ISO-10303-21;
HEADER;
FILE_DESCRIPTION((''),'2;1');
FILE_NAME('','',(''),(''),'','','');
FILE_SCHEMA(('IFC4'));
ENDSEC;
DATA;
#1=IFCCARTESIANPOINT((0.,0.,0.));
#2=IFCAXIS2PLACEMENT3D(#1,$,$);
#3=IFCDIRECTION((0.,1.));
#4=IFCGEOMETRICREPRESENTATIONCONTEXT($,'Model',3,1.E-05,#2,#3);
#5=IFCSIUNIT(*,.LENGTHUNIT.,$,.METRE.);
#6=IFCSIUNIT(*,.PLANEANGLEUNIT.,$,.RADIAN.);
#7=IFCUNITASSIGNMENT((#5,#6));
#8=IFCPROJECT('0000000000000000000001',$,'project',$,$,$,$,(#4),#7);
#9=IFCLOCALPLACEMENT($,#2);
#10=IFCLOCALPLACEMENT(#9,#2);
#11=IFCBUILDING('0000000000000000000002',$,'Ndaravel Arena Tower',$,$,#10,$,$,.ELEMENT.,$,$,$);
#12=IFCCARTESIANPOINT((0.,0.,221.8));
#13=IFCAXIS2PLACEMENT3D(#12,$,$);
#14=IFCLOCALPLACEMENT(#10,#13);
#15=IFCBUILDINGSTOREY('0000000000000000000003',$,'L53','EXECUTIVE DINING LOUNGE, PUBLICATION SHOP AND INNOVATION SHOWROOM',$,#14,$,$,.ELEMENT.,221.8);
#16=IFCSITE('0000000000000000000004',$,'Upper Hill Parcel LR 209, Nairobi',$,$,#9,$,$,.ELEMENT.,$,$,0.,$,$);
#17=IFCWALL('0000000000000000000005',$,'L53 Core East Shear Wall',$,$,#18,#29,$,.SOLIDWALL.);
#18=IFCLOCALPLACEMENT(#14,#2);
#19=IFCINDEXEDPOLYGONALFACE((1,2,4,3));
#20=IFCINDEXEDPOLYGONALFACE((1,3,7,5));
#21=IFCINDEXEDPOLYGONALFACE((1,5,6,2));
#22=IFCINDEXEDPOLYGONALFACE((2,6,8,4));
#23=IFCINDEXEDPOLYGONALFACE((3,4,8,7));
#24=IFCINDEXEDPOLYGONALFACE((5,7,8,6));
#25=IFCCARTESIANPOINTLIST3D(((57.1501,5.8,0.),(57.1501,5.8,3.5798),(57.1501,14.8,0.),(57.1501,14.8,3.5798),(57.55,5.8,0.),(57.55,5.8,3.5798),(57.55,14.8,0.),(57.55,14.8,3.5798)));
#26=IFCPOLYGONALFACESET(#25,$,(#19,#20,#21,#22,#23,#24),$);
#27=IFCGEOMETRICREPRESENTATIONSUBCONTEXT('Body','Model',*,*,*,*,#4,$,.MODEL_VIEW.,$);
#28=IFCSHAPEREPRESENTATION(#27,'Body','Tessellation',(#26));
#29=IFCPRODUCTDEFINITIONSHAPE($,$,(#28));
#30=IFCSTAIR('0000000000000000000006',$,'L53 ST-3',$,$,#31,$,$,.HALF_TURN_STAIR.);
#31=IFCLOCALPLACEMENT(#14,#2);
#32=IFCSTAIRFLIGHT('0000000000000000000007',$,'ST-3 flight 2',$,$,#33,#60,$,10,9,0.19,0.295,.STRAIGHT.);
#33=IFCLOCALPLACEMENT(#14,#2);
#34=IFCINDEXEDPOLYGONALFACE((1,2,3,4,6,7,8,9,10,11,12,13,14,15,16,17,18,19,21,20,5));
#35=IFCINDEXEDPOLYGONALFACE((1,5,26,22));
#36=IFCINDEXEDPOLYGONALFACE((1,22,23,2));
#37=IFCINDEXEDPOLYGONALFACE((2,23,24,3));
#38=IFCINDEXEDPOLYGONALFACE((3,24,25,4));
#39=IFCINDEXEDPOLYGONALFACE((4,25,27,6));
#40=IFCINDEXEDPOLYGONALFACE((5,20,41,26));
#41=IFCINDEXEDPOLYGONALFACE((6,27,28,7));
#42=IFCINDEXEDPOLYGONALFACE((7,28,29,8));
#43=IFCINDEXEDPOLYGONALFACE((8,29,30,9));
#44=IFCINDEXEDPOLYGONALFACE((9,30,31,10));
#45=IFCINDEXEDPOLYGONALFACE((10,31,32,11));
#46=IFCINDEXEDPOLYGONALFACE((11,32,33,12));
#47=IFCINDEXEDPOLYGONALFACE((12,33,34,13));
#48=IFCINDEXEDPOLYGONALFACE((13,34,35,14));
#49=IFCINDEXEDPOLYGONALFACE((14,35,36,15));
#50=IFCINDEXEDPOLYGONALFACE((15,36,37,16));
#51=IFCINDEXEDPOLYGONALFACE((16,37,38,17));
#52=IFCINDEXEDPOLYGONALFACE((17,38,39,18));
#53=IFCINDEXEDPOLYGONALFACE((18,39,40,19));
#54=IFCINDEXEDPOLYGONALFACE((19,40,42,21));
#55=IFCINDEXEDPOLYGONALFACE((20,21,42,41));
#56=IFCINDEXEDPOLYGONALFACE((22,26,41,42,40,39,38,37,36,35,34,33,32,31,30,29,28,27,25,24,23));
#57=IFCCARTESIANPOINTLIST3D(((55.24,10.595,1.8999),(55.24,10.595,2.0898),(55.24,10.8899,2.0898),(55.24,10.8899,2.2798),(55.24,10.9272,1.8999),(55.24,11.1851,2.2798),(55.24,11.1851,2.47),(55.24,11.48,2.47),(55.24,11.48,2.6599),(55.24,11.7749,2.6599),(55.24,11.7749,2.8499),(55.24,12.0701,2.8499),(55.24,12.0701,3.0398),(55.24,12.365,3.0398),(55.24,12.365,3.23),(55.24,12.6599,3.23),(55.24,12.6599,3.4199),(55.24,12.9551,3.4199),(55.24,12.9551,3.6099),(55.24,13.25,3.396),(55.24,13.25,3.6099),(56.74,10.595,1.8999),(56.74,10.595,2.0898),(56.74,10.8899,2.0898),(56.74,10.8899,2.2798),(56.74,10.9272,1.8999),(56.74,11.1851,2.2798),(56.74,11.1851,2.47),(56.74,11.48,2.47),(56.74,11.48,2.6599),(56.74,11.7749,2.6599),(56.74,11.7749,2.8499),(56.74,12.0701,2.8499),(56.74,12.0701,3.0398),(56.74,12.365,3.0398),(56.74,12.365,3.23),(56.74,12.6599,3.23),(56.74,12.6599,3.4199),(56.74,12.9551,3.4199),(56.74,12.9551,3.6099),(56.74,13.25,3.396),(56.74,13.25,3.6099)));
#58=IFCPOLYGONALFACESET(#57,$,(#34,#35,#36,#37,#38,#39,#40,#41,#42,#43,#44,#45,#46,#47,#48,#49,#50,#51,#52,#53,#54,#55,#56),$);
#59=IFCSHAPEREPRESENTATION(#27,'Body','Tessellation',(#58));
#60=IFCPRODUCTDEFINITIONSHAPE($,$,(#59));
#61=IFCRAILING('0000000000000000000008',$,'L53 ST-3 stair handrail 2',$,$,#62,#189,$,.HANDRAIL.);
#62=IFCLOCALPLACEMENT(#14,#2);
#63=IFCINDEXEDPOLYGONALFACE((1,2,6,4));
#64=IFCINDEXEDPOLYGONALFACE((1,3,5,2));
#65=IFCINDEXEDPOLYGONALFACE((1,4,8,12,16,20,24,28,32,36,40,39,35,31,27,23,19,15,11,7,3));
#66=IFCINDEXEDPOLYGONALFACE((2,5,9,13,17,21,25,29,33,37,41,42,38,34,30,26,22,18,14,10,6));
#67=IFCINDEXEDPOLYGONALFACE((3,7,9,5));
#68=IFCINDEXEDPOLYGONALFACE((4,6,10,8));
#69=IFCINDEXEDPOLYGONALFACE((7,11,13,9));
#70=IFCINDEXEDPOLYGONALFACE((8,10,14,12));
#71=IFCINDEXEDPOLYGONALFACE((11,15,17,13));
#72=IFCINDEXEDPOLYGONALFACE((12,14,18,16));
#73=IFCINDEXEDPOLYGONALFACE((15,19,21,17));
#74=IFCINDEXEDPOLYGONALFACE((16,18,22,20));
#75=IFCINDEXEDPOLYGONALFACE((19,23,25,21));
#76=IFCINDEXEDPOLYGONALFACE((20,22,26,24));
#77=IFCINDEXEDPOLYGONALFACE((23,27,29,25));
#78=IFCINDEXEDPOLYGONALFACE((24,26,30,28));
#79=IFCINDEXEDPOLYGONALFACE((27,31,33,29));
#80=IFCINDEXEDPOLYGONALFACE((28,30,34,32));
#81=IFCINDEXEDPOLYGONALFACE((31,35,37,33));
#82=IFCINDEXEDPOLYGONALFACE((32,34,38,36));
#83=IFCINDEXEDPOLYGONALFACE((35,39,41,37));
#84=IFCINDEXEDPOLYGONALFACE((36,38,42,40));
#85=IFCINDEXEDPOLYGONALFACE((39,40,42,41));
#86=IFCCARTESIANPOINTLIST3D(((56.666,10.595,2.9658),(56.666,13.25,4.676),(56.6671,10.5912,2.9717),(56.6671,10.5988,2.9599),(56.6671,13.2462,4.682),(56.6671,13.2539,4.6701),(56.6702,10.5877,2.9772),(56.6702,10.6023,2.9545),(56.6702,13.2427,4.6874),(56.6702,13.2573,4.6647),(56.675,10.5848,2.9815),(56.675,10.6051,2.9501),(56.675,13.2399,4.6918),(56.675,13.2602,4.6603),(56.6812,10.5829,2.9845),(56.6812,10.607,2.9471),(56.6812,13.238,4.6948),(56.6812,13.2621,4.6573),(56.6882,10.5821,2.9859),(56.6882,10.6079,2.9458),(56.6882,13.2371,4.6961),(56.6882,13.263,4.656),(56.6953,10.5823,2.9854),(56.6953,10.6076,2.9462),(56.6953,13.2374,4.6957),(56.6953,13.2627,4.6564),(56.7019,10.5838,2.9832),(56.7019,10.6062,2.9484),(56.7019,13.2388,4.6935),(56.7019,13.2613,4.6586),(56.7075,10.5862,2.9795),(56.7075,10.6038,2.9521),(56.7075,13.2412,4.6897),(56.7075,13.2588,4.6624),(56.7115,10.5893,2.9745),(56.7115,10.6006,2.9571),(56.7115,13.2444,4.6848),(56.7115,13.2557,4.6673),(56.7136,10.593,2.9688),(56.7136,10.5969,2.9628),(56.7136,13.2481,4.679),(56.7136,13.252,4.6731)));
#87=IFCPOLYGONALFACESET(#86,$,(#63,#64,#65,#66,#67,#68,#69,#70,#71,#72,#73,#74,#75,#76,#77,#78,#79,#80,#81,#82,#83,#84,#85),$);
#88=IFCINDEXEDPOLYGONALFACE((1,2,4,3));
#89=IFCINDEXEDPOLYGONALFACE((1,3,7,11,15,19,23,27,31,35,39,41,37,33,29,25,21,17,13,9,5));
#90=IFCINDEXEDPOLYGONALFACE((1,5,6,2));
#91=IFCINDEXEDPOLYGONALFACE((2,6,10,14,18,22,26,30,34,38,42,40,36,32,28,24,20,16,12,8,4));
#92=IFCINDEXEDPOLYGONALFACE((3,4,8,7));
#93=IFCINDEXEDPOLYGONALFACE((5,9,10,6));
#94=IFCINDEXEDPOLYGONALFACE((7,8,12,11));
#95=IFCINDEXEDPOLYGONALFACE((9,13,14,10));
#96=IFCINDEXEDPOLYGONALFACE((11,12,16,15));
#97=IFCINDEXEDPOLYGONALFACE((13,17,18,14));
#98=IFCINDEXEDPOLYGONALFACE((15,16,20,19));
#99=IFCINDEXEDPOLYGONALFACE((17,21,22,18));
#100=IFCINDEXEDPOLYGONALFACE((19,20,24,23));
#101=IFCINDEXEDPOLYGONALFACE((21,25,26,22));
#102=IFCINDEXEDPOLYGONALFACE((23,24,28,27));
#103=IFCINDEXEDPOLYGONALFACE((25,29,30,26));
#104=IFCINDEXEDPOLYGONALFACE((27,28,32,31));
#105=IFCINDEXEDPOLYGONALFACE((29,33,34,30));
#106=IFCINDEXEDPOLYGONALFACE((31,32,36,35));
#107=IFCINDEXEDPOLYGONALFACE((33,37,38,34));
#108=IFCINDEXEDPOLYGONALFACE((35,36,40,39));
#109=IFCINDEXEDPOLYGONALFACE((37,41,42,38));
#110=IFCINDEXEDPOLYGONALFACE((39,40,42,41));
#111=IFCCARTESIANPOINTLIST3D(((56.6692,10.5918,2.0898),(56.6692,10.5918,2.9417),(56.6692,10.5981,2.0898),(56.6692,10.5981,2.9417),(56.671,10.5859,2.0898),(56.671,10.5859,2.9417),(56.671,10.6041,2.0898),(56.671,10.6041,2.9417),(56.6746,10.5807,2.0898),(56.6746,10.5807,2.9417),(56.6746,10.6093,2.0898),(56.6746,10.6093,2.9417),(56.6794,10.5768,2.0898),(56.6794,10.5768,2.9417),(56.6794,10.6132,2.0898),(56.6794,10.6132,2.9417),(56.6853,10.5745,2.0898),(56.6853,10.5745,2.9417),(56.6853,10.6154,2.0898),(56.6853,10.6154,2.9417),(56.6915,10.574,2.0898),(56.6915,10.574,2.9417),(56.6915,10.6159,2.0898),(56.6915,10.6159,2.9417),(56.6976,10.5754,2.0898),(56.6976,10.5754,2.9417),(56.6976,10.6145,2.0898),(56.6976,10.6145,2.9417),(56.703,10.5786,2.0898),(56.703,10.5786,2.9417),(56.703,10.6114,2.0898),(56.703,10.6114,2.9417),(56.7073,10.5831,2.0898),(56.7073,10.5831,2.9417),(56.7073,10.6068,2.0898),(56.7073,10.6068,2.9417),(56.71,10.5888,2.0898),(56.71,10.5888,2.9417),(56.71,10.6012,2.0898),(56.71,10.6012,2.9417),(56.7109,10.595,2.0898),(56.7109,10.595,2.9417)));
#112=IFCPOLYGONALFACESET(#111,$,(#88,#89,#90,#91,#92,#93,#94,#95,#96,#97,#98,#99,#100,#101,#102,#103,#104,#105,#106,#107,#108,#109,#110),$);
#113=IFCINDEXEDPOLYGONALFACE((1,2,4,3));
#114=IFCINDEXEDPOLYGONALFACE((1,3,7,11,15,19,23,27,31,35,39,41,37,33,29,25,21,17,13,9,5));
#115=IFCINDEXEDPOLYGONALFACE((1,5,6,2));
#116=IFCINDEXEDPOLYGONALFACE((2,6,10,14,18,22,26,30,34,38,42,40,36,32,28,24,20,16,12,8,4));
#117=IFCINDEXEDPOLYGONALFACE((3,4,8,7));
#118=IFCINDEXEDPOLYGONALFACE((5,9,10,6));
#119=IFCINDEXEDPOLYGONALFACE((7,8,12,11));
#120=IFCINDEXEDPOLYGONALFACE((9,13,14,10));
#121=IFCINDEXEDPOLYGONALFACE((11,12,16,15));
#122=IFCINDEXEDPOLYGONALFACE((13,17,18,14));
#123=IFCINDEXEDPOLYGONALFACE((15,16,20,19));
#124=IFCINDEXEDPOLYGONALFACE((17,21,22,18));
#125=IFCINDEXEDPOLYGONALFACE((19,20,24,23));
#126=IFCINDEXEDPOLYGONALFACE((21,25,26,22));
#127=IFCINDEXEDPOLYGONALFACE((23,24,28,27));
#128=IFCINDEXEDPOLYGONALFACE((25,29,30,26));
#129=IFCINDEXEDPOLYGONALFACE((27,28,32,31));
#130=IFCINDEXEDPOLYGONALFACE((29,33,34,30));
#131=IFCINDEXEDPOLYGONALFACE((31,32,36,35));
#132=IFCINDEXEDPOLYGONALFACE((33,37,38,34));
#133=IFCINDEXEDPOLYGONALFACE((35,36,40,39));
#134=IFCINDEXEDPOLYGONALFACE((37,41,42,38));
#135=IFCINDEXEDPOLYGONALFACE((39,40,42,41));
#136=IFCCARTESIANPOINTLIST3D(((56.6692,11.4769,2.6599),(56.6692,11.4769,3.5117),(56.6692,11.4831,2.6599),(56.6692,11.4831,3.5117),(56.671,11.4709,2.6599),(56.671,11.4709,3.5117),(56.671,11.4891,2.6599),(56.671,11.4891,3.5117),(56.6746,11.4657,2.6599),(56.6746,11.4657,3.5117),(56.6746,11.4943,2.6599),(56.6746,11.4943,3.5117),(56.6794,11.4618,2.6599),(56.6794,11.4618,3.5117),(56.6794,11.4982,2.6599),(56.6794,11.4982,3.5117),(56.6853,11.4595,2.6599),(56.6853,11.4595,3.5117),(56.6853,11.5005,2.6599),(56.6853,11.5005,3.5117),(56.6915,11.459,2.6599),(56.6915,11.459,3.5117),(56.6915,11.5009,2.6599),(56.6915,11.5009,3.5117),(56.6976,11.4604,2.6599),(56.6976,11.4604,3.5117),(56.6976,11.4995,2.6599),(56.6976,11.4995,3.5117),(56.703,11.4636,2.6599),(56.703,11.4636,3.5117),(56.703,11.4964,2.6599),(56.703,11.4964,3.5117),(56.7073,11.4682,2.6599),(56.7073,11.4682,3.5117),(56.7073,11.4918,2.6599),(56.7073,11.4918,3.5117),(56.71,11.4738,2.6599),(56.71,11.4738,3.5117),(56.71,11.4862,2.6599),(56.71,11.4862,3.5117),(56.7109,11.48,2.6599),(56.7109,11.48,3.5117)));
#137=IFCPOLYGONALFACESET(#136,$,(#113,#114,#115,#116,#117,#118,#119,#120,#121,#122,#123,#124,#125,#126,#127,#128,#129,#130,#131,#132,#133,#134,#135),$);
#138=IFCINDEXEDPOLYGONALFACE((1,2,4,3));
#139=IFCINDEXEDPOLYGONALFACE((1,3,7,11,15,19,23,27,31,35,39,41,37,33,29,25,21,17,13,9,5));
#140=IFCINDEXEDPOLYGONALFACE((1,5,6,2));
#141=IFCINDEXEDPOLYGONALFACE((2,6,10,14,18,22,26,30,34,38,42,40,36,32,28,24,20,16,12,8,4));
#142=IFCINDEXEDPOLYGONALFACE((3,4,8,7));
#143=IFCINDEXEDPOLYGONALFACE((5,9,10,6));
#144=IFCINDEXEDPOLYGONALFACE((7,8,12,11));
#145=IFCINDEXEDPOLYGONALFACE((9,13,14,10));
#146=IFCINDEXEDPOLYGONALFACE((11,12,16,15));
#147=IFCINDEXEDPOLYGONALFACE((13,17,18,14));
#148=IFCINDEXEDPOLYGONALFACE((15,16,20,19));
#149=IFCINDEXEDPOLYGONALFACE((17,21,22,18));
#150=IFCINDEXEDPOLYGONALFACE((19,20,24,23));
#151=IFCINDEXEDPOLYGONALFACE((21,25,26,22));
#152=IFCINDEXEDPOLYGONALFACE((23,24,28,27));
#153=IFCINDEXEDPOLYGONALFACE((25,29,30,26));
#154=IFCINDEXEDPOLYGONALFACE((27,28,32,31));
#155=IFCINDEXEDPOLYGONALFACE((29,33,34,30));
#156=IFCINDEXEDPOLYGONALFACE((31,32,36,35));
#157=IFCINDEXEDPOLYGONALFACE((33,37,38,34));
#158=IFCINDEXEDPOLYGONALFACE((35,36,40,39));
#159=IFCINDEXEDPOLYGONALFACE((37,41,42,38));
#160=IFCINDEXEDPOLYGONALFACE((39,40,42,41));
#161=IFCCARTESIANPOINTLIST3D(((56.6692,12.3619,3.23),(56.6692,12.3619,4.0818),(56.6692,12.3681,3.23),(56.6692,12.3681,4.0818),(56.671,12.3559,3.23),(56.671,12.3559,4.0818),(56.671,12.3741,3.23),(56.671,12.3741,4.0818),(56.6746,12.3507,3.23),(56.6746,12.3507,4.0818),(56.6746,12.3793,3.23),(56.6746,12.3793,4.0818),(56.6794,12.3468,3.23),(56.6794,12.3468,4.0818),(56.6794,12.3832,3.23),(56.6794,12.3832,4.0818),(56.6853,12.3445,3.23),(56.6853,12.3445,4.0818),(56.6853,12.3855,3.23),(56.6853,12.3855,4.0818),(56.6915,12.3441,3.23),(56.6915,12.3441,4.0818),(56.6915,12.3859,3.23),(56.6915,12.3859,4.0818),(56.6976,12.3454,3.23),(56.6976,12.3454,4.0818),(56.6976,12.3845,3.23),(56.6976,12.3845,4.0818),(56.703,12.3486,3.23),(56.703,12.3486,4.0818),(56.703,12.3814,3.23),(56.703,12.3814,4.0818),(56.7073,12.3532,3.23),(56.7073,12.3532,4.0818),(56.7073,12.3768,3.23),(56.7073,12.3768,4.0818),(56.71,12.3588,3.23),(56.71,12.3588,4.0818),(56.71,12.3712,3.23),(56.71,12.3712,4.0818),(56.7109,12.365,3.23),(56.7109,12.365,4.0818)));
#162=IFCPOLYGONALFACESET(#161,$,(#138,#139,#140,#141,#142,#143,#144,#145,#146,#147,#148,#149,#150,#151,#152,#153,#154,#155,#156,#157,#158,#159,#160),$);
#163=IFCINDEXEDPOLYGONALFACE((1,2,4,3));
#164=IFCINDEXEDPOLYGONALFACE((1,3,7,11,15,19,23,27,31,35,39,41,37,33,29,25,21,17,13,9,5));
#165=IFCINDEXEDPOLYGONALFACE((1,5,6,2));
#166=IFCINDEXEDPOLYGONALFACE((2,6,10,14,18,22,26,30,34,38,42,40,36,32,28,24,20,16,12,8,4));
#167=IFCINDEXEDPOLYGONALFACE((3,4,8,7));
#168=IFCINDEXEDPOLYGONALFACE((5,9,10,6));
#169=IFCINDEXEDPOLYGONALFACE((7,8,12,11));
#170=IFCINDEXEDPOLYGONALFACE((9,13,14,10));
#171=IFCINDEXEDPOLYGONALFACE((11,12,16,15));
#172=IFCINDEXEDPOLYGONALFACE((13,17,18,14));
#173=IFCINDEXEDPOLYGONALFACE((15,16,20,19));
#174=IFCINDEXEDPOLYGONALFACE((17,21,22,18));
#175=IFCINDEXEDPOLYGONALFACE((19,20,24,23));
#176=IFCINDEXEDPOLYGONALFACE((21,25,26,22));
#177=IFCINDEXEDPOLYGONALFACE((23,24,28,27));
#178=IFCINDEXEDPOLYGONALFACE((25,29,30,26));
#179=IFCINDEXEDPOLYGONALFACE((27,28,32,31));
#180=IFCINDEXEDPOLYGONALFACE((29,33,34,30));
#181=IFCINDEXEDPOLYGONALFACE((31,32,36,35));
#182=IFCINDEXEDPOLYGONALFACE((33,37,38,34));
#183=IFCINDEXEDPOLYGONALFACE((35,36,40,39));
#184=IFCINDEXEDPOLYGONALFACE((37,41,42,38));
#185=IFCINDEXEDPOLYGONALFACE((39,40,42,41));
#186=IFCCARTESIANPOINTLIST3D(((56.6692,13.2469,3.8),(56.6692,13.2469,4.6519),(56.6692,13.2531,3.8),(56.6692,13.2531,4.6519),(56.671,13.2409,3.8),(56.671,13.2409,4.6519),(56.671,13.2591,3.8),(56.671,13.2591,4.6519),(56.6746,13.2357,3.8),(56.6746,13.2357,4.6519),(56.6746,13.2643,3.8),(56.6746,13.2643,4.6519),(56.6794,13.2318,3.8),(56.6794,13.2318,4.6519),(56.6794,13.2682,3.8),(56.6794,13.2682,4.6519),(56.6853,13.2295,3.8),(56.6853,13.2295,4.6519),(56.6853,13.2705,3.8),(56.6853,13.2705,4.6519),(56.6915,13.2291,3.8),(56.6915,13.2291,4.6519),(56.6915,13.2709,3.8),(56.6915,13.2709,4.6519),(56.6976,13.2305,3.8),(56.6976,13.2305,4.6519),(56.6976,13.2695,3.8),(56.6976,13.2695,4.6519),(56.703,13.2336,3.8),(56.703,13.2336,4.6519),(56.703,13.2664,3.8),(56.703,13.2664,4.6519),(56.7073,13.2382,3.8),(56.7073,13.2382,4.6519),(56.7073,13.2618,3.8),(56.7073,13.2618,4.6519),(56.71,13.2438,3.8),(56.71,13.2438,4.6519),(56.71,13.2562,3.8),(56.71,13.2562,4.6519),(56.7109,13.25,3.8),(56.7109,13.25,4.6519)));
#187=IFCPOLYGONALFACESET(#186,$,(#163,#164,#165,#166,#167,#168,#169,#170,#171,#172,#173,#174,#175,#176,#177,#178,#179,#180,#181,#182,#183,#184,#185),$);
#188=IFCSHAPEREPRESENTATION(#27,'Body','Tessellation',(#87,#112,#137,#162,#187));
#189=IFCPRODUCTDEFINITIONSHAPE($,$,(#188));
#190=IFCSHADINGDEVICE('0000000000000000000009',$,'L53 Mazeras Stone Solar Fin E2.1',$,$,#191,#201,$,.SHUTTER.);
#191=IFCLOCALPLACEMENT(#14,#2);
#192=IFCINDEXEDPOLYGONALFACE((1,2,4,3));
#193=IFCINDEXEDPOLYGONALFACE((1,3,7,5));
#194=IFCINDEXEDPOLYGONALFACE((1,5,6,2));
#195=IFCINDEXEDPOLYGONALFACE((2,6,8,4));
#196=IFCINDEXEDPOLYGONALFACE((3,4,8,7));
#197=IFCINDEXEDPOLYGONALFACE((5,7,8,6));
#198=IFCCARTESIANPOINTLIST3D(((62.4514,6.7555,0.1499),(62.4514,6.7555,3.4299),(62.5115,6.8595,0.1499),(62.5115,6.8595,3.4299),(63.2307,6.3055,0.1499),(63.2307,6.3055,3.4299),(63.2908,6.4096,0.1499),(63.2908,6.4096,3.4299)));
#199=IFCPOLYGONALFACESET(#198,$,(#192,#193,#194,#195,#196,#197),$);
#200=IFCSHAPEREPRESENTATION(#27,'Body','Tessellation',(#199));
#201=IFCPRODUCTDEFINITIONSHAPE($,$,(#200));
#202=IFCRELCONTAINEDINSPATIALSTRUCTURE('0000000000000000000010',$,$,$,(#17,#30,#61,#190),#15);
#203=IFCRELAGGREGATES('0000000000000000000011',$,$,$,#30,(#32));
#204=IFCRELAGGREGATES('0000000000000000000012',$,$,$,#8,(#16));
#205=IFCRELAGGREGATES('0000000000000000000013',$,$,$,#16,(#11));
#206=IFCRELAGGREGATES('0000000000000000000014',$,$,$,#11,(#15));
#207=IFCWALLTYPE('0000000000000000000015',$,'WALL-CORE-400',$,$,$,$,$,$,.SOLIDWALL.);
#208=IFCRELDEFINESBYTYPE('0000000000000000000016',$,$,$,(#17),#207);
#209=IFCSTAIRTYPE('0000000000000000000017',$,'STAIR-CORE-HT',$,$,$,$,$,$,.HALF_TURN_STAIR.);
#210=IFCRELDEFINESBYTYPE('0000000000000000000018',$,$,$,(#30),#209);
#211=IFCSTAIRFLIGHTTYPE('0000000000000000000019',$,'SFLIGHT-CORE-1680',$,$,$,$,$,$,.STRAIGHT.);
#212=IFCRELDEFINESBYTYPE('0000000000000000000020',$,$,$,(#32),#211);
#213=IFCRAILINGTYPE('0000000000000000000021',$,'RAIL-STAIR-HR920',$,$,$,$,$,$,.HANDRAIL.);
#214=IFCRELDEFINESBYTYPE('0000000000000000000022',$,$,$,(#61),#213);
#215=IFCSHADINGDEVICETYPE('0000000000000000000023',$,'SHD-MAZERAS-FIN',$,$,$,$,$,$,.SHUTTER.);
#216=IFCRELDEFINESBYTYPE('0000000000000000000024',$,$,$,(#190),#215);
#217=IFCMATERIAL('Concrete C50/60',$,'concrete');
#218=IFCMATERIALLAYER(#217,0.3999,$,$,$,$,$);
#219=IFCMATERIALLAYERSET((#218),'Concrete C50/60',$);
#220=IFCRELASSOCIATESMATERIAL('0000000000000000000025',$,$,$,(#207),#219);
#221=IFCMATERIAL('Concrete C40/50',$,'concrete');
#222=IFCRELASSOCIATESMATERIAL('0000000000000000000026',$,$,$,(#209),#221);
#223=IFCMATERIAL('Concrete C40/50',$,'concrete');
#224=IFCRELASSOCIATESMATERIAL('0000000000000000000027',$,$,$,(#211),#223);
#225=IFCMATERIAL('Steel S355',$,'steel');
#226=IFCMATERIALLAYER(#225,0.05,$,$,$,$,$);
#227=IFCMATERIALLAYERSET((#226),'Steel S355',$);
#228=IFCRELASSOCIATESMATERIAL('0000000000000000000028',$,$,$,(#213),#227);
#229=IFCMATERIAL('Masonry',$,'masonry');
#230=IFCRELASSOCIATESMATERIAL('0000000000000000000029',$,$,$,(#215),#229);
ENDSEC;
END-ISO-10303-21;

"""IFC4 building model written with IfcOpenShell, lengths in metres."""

from ifc_helpers import new_model, si_unit, direction, frame, frame_2d, origin, origin_2d, place, context, subcontext, project, spatial, polyline, rectangle, circle, outline, extrude, material, layer, layer_set, type_object, element, aggregate, save


model = new_model("IFC4")

# Units and contexts
model_context = context("Model", 3, precision=1e-05, world=origin(), true_north=direction((0.0, 1.0)))
body_context = subcontext(model_context, "Body", "Model", "MODEL_VIEW")
ifc_project = project(units=[si_unit("LENGTHUNIT", "METRE"), si_unit("PLANEANGLEUNIT", "RADIAN")], contexts=[model_context])

# Site, building, storey
site_placement = place(None, origin())
site = spatial("IfcSite", under=ifc_project, at=site_placement, Name="Upper Hill Parcel LR 209, Nairobi", CompositionType="ELEMENT", RefElevation=0.0)
building_placement = place(site_placement, origin())
building = spatial("IfcBuilding", under=site, at=building_placement, Name="Ndaravel Arena Tower", CompositionType="ELEMENT")
storey_placement = place(building_placement, frame((0.0, 0.0, 221.8)))
storey = spatial("IfcBuildingStorey", under=building, at=storey_placement, Name="L53", Description="EXECUTIVE DINING LOUNGE, PUBLICATION SHOP AND INNOVATION SHOWROOM", CompositionType="ELEMENT", Elevation=221.8)

# Wall
ifc_material_1 = material(Name="Concrete C50/60", Category="concrete")
ifc_layer_1 = layer(ifc_material_1, 0.3999)
ifc_layer_set_1 = layer_set([ifc_layer_1], Name="Concrete C50/60")
wall_type = type_object("IfcWallType", Name="WALL-CORE-400", PredefinedType="SOLIDWALL", material=ifc_layer_set_1)
wall_placement = place(storey_placement, frame((57.3501, 5.8, 0.0), z_axis=(0.0, 0.0, 1.0), x_axis=(0.0, 1.0, 0.0)))
element("IfcWall", 1, at=wall_placement, inside=storey, type_object=wall_type, Name="L53 Core East Shear Wall", PredefinedType="SOLIDWALL", context=body_context, shape_type="SweptSolid", body=[
    extrude(rectangle(XDim=9.0, YDim=0.3999, at=frame_2d((4.5, 0.0))), origin(), (0.0, 0.0, 1.0), 3.5798),
])

# Stair, stair flight
ifc_material_2 = material(Name="Concrete C40/50", Category="concrete")
stair_type = type_object("IfcStairType", Name="STAIR-CORE-HT", PredefinedType="HALF_TURN_STAIR", material=ifc_material_2)
stair_placement = place(storey_placement, origin())
stair = element("IfcStair", 2, at=stair_placement, inside=storey, type_object=stair_type, Name="L53 ST-3", PredefinedType="HALF_TURN_STAIR")
ifc_material_3 = material(Name="Concrete C40/50", Category="concrete")
stair_flight_type = type_object("IfcStairFlightType", Name="SFLIGHT-CORE-1680", PredefinedType="STRAIGHT", material=ifc_material_3)
stair_flight_placement = place(storey_placement, frame((55.99, 10.595, 1.8999), z_axis=(0.0, 0.0, 1.0), x_axis=(0.0, 1.0, 0.0)))
stair_flight = element("IfcStairFlight", 3, at=stair_flight_placement, type_object=stair_flight_type, Name="ST-3 flight 2", NumberOfRisers=10, NumberOfTreads=9, PredefinedType="STRAIGHT", RiserHeight=0.19, TreadLength=0.295, context=body_context, shape_type="SweptSolid", body=[
    extrude(outline(polyline([(0.0, 0.0), (0.0, 0.1899), (0.2949, 0.1899), (0.2949, 0.3799), (0.5901, 0.3799), (0.5901, 0.5701), (0.885, 0.5701), (0.885, 0.76), (1.1799, 0.76), (1.1799, 0.95), (1.4751, 0.95), (1.4751, 1.1399), (1.77, 1.1399), (1.77, 1.3301), (2.0649, 1.3301), (2.0649, 1.52), (2.3601, 1.52), (2.3601, 1.71), (2.655, 1.71), (2.655, 1.8999), (2.655, 1.4961), (0.3323, 0.0), (0.0, 0.0)])), frame((0.0, 0.75, 0.0), z_axis=(0.0, -1.0, 0.0), x_axis=(1.0, 0.0, 0.0)), (0.0, 0.0, 1.0), 1.5),
])
aggregate(stair, [stair_flight])

# Railing
ifc_material_4 = material(Name="Steel S355", Category="steel")
ifc_layer_2 = layer(ifc_material_4, 0.05)
ifc_layer_set_2 = layer_set([ifc_layer_2], Name="Steel S355")
railing_type_1 = type_object("IfcRailingType", Name="RAIL-STAIR-HR920", PredefinedType="HANDRAIL", material=ifc_layer_set_2)
railing_1_placement = place(storey_placement, frame((56.6899, 10.595, 2.0898)))
element("IfcRailing", 4, at=railing_1_placement, inside=storey, type_object=railing_type_1, Name="L53 ST-3 stair handrail 2", PredefinedType="HANDRAIL", context=body_context, shape_type="SweptSolid", body=[
    extrude(circle(Radius=0.0239, at=origin_2d()), frame((0.0, 0.0, 0.876), z_axis=(0.0, 0.840688, 0.541519), x_axis=(-1.0, 0.0, 0.0)), (0.0, 0.0, 1.0), 3.1582),
    extrude(circle(Radius=0.021, at=origin_2d()), origin(), (0.0, 0.0, 1.0), 0.8518),
    extrude(circle(Radius=0.021, at=origin_2d()), frame((0.0, 0.885, 0.5701)), (0.0, 0.0, 1.0), 0.8518),
    extrude(circle(Radius=0.021, at=origin_2d()), frame((0.0, 1.77, 1.1401)), (0.0, 0.0, 1.0), 0.8518),
    extrude(circle(Radius=0.021, at=origin_2d()), frame((0.0, 2.655, 1.7102)), (0.0, 0.0, 1.0), 0.8518),
])

# Shading device
ifc_material_5 = material(Name="Masonry", Category="masonry")
shading_device_type = type_object("IfcShadingDeviceType", Name="SHD-MAZERAS-FIN", PredefinedType="SHUTTER", material=ifc_material_5)
for number, where, z_axis, x_axis, name in (
    (5, (62.8711, 6.5825, 0.1499), (0.0, 0.0, 1.0), (0.866025, -0.5, 0.0), "L53 Mazeras Stone Solar Fin E2.1"),
):
    element("IfcShadingDevice", number, at=place(storey_placement, frame(where, z_axis=z_axis, x_axis=x_axis)), inside=storey, type_object=shading_device_type, Name=name, PredefinedType="SHUTTER", context=body_context, shape_type="SweptSolid", body=[
        extrude(rectangle(XDim=0.8999, YDim=0.1201, at=origin_2d()), origin(), (0.0, 0.0, 1.0), 3.28),
    ])

save(model, "model.ifc")
